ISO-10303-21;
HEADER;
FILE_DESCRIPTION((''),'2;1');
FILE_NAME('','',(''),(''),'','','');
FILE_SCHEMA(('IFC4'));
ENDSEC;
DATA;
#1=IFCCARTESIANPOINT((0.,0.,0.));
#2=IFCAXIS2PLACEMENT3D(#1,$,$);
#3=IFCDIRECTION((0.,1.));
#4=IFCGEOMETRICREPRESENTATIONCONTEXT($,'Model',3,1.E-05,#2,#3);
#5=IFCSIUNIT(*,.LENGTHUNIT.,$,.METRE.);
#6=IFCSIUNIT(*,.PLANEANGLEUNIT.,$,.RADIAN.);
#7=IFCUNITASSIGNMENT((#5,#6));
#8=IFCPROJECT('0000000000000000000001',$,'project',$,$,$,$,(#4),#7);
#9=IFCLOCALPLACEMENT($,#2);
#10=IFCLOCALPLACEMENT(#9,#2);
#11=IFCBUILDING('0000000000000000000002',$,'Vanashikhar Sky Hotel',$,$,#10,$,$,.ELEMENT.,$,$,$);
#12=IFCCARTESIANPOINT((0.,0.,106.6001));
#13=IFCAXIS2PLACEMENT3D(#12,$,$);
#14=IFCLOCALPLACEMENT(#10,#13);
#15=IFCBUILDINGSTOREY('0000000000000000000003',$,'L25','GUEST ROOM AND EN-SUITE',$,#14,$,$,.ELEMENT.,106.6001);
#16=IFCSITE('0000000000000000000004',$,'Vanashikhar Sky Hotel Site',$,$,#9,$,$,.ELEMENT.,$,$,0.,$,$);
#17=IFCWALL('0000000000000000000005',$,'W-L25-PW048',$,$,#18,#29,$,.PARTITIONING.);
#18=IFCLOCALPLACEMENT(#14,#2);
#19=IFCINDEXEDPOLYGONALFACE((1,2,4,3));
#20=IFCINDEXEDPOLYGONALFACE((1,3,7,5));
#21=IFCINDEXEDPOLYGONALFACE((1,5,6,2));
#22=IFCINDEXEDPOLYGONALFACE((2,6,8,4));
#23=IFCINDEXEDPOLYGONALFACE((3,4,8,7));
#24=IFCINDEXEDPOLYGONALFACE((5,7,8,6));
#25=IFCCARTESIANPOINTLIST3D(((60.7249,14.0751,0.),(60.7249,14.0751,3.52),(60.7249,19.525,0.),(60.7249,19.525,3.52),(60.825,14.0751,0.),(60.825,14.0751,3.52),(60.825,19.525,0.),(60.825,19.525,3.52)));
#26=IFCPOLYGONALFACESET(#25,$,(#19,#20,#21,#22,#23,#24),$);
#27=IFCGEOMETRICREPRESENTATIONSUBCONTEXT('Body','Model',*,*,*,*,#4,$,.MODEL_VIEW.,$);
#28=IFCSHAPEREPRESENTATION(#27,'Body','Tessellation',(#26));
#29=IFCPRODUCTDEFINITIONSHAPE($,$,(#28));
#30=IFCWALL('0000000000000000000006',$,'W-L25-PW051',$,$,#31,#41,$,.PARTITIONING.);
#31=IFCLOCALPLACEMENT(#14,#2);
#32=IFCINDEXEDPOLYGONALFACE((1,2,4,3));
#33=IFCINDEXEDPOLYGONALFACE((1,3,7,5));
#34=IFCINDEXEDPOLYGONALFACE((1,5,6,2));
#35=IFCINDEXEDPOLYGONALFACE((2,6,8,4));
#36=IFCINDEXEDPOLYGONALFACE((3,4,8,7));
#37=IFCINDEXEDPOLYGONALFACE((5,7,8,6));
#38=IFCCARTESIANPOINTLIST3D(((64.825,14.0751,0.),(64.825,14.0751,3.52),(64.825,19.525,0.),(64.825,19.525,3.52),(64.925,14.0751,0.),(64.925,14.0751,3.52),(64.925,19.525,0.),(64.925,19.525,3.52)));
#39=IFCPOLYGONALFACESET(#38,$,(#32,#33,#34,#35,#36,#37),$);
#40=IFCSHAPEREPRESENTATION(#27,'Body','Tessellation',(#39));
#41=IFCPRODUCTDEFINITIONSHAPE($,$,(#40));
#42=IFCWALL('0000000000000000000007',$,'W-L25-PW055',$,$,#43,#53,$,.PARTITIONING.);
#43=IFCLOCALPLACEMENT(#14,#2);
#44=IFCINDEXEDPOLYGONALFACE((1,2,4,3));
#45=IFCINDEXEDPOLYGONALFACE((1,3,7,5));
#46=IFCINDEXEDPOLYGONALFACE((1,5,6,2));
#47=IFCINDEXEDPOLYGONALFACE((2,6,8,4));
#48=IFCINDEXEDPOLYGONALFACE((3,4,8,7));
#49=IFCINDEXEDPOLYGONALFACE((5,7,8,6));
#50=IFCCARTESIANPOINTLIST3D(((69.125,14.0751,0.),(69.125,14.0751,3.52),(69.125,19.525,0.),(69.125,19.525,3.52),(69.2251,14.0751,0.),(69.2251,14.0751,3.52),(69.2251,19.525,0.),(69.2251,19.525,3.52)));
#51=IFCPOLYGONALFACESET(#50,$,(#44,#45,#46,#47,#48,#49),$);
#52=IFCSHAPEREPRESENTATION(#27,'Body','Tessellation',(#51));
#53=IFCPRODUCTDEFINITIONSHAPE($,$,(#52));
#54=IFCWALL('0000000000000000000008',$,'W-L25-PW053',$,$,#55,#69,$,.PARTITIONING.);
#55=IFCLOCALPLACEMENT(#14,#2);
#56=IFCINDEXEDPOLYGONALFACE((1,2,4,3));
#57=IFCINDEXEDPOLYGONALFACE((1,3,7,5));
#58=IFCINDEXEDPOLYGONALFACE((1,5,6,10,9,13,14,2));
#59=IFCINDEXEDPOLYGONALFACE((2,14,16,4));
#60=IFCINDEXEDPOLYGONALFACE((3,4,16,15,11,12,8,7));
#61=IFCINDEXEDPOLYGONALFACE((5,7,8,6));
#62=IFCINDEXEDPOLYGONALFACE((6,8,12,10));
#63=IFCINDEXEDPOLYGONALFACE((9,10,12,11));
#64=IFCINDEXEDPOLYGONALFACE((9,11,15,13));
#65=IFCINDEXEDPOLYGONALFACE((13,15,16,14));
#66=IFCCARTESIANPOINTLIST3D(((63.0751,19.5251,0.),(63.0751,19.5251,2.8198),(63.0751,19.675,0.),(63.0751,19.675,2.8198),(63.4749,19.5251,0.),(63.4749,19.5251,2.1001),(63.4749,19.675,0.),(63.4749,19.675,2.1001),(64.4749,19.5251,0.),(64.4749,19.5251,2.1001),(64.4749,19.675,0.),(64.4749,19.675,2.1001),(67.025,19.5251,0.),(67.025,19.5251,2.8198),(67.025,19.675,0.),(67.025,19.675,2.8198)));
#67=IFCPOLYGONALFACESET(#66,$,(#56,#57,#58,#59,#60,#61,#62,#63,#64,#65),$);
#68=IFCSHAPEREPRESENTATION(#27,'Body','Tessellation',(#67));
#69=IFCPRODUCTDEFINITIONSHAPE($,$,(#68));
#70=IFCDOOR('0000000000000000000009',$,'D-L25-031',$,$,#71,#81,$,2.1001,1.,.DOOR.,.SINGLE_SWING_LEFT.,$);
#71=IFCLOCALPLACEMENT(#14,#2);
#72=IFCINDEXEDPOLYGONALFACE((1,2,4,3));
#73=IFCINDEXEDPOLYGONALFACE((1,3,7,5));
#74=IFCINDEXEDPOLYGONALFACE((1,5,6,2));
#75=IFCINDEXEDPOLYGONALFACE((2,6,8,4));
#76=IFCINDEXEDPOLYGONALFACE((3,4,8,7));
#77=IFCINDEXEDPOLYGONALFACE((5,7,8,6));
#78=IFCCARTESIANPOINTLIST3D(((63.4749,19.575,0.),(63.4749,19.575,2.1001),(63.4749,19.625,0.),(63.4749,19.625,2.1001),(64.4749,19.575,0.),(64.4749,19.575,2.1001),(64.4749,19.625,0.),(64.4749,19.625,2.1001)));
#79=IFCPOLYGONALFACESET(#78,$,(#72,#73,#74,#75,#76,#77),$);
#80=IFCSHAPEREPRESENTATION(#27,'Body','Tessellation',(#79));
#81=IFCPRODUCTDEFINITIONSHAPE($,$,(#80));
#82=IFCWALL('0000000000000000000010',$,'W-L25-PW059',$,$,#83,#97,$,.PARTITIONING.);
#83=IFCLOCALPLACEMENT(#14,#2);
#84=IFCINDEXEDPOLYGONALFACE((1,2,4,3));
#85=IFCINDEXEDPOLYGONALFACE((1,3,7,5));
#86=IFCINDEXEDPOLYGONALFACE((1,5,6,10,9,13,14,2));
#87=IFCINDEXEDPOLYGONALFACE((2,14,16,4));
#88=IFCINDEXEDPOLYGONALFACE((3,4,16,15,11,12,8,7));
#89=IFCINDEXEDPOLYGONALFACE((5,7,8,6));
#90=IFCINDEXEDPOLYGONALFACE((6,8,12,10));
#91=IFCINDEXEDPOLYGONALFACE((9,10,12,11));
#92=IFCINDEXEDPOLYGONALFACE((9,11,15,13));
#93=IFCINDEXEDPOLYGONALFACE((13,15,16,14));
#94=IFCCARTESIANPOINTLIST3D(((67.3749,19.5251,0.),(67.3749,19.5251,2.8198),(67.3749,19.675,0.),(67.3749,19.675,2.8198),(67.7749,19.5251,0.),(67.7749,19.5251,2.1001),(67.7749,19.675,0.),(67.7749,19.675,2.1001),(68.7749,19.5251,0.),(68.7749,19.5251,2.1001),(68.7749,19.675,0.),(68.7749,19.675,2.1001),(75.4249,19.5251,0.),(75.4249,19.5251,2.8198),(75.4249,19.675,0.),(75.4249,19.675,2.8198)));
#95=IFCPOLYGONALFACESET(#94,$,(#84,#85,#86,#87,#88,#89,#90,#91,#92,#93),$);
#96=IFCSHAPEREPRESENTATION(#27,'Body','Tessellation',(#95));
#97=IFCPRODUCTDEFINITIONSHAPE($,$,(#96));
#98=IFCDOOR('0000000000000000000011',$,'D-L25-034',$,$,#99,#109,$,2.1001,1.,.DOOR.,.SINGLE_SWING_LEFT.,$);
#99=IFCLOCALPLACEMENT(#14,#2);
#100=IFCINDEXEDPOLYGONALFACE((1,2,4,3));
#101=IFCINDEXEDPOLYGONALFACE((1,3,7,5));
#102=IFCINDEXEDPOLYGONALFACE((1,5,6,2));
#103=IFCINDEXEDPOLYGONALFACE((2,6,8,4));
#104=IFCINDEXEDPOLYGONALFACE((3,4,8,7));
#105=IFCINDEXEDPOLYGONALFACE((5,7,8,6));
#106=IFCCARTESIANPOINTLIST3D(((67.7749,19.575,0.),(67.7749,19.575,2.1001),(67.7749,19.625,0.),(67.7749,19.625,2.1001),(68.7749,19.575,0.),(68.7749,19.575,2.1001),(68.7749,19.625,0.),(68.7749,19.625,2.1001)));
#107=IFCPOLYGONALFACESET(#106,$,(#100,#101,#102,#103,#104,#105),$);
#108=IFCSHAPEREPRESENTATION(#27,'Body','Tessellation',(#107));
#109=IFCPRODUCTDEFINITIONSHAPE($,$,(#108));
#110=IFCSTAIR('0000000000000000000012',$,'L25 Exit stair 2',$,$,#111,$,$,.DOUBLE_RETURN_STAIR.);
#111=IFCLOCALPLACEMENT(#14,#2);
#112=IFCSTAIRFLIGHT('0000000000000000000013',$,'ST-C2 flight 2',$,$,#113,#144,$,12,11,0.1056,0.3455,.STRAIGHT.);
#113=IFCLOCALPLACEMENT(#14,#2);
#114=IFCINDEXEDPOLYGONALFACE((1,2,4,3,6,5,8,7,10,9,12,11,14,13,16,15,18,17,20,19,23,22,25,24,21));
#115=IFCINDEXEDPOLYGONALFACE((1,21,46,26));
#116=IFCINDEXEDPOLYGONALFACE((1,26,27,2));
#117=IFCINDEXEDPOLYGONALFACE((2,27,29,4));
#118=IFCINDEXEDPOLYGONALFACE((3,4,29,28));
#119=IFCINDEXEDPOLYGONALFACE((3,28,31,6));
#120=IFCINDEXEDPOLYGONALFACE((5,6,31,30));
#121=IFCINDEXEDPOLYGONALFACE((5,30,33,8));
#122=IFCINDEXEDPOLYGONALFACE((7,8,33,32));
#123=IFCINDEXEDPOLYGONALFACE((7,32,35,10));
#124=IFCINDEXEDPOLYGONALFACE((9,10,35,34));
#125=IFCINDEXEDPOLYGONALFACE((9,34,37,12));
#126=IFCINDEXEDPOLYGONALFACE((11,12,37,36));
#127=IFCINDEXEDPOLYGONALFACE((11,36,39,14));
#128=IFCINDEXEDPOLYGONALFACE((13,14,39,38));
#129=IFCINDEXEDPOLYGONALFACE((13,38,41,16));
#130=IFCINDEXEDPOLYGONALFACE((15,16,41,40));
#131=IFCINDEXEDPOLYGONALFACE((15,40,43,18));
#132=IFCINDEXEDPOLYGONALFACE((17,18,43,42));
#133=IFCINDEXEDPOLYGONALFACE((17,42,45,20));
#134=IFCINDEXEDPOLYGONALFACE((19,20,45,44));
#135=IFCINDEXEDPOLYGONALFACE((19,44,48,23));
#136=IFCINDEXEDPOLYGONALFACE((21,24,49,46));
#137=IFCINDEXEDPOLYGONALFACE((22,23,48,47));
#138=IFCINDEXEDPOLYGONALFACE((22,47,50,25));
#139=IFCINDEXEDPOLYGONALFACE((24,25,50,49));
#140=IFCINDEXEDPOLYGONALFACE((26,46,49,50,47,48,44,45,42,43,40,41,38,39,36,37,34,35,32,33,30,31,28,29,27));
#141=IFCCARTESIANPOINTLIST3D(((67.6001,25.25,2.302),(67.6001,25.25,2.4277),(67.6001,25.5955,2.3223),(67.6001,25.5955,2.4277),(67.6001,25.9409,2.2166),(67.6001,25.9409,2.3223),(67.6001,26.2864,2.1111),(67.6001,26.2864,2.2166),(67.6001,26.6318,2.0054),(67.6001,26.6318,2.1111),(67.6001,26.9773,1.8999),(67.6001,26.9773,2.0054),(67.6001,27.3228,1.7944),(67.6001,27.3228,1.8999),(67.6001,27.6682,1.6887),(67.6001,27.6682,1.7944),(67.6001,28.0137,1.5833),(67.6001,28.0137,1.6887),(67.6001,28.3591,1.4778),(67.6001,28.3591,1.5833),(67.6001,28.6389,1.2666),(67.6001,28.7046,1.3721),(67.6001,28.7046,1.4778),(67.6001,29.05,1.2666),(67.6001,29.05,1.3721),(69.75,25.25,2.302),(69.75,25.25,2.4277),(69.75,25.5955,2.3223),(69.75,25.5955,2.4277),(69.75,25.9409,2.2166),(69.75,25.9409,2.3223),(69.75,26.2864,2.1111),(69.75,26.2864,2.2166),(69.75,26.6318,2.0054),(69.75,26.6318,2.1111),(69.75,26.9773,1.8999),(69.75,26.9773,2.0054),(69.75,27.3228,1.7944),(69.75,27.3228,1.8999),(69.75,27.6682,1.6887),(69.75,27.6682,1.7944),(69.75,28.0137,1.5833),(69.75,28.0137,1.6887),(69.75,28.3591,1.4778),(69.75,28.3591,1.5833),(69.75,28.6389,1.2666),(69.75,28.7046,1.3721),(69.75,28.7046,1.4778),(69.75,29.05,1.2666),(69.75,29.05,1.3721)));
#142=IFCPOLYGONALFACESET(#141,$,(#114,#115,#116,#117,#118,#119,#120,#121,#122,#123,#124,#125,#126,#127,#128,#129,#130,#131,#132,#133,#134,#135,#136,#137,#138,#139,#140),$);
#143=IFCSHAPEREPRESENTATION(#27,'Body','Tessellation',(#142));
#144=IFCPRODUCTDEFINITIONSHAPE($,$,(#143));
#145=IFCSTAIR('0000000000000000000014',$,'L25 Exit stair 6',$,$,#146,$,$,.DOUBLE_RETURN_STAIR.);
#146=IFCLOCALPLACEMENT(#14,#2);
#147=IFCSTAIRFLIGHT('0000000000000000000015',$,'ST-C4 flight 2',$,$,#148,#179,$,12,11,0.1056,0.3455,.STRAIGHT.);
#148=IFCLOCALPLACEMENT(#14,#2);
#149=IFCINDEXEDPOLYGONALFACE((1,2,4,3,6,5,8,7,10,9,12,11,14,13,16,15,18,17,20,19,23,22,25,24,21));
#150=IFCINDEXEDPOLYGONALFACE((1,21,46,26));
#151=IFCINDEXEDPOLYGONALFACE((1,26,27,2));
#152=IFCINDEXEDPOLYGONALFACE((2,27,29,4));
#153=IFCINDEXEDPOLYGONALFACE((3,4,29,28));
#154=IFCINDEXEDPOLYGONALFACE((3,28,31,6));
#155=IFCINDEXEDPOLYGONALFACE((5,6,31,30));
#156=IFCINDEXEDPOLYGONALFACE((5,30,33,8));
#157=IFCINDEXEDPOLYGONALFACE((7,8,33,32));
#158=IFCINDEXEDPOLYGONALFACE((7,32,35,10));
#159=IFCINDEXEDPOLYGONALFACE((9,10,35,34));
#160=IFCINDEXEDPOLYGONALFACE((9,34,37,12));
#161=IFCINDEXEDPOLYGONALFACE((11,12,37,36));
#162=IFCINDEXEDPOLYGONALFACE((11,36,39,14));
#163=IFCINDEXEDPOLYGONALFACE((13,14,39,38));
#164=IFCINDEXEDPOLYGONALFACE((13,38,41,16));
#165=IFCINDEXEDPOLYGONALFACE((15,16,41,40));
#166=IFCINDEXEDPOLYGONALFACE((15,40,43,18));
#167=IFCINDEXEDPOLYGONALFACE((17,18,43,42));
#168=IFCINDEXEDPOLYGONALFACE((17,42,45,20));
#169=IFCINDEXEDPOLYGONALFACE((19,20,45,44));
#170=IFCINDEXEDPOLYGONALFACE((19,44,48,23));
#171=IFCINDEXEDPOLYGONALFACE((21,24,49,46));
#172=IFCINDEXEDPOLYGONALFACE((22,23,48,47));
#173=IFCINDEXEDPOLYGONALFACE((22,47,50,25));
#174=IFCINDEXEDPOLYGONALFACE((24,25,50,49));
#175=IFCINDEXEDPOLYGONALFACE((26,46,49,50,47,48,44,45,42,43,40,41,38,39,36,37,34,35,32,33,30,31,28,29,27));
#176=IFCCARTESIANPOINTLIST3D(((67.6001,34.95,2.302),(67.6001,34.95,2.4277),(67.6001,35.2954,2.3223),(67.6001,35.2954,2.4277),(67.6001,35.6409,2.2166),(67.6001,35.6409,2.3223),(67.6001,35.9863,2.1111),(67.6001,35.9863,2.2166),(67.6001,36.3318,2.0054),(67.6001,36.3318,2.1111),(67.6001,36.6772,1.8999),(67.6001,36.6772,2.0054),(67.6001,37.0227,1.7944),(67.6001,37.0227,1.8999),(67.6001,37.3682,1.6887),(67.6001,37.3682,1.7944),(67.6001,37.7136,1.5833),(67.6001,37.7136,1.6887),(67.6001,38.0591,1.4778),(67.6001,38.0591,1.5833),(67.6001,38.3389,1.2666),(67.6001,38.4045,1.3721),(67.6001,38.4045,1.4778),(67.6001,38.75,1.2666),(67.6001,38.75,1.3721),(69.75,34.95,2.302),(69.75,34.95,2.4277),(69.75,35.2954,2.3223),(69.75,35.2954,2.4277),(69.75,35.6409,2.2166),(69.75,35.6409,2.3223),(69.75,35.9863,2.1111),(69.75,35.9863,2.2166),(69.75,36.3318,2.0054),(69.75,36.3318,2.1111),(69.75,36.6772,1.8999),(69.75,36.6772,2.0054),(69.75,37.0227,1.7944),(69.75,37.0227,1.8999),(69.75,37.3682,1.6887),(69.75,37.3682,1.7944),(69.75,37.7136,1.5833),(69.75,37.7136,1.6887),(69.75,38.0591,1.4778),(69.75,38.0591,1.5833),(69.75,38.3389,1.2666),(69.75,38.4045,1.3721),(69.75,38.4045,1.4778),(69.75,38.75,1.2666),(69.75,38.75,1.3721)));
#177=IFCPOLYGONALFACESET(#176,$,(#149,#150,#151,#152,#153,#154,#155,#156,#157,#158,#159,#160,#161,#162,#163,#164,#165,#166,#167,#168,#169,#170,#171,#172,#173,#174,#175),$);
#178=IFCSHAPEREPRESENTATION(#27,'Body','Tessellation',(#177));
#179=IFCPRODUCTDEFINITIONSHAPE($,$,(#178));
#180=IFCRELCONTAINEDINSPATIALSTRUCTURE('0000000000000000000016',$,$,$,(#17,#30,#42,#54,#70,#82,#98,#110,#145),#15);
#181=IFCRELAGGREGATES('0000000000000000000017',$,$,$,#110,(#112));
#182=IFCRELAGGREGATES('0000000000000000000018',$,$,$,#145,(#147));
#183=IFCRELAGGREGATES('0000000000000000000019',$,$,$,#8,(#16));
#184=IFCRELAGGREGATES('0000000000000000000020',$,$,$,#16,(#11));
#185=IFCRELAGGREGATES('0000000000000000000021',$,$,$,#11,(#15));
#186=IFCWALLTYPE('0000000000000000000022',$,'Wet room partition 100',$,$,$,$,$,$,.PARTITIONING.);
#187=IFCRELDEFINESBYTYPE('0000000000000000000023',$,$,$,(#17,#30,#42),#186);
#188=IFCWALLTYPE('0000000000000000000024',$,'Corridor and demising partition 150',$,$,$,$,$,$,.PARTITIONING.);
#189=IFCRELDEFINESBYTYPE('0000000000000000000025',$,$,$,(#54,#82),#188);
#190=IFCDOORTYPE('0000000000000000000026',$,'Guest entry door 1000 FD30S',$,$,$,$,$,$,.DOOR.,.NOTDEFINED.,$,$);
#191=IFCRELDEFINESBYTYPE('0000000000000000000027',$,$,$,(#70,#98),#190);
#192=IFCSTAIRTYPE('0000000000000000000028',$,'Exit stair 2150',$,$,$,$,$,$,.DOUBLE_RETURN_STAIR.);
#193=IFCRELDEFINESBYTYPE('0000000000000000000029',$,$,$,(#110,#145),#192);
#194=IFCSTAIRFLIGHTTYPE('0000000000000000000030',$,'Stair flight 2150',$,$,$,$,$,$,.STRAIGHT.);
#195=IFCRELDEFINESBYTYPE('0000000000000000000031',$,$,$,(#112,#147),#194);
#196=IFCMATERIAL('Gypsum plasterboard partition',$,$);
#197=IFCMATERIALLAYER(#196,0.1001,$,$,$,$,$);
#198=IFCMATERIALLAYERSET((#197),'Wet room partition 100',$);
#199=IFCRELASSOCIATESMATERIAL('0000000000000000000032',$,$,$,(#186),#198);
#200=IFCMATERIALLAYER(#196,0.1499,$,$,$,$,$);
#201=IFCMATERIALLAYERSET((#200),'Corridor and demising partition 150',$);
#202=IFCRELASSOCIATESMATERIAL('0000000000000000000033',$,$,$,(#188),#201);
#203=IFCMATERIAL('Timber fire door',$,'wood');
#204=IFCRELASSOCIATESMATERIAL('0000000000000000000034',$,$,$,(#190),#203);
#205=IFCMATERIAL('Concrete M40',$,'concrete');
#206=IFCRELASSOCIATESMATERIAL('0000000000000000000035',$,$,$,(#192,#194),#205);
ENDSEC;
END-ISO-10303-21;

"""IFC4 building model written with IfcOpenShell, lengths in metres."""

from ifc_helpers import new_model, si_unit, direction, frame, frame_2d, origin, place, context, subcontext, project, spatial, polyline, rectangle, outline, extrude, source, transform, mapped, material, layer, layer_set, type_object, element, fill, aggregate, save


model = new_model("IFC4")

# Units and contexts
model_context = context("Model", 3, precision=1e-05, world=origin(), true_north=direction((0.0, 1.0)))
body_context = subcontext(model_context, "Body", "Model", "MODEL_VIEW")
ifc_project = project(units=[si_unit("LENGTHUNIT", "METRE"), si_unit("PLANEANGLEUNIT", "RADIAN")], contexts=[model_context])

# Site, building, storey
site_placement = place(None, origin())
site = spatial("IfcSite", under=ifc_project, at=site_placement, Name="Vanashikhar Sky Hotel Site", CompositionType="ELEMENT", RefElevation=0.0)
building_placement = place(site_placement, origin())
building = spatial("IfcBuilding", under=site, at=building_placement, Name="Vanashikhar Sky Hotel", CompositionType="ELEMENT")
storey_placement = place(building_placement, frame((0.0, 0.0, 106.6001)))
storey = spatial("IfcBuildingStorey", under=building, at=storey_placement, Name="L25", Description="GUEST ROOM AND EN-SUITE", CompositionType="ELEMENT", Elevation=106.6001)

# Shared definitions
ifc_material_1 = material(Name="Concrete M40", Category="concrete")

# Walls
ifc_material_2 = material(Name="Gypsum plasterboard partition")
ifc_layer_1 = layer(ifc_material_2, 0.1001)
ifc_layer_set_1 = layer_set([ifc_layer_1], Name="Wet room partition 100")
wall_type_1 = type_object("IfcWallType", Name="Wet room partition 100", PredefinedType="PARTITIONING", material=ifc_layer_set_1)
shared_shape_1 = source(origin(), body_context, "Body", "SweptSolid", [
    extrude(rectangle(XDim=5.45, YDim=0.1001, at=frame_2d((2.7251, 0.0))), origin(), (0.0, 0.0, 1.0), 3.52),
])
for number, where, z_axis, x_axis, name in (
    (1, (60.7749, 14.075, 0.0), (0.0, 0.0, 1.0), (0.0, 1.0, 0.0), "W-L25-PW048"),
    (2, (64.875, 14.075, 0.0), (0.0, 0.0, 1.0), (0.0, 1.0, 0.0), "W-L25-PW051"),
    (3, (69.175, 14.075, 0.0), (0.0, 0.0, 1.0), (0.0, 1.0, 0.0), "W-L25-PW055"),
):
    element("IfcWall", number, at=place(storey_placement, frame(where, z_axis=z_axis, x_axis=x_axis)), inside=storey, type_object=wall_type_1, Name=name, PredefinedType="PARTITIONING", context=body_context, shape_type="MappedRepresentation", body=[
        mapped(shared_shape_1, transform((0.0, 0.0, 0.0), scale=1.0)),
    ])

# Walls, openings, doors
ifc_layer_2 = layer(ifc_material_2, 0.1499)
ifc_layer_set_2 = layer_set([ifc_layer_2], Name="Corridor and demising partition 150")
wall_type_2 = type_object("IfcWallType", Name="Corridor and demising partition 150", PredefinedType="PARTITIONING", material=ifc_layer_set_2)
shared_shape_2 = source(origin(), body_context, "Body", "SweptSolid", [
    extrude(rectangle(XDim=3.95, YDim=0.1499, at=frame_2d((1.9751, 0.0))), origin(), (0.0, 0.0, 1.0), 2.8198),
])
wall_1_placement = place(storey_placement, frame((63.075, 19.6001, 0.0), z_axis=(0.0, 0.0, 1.0), x_axis=(1.0, 0.0, 0.0)))
wall_1 = element("IfcWall", 4, at=wall_1_placement, inside=storey, type_object=wall_type_2, Name="W-L25-PW053", PredefinedType="PARTITIONING", context=body_context, shape_type="MappedRepresentation", body=[
    mapped(shared_shape_2, transform((0.0, 0.0, 0.0), scale=1.0)),
])
shared_shape_3 = source(origin(), body_context, "Body", "SweptSolid", [
    extrude(rectangle(XDim=1.0, YDim=2.1001, at=frame_2d((0.5, 1.05))), frame((0.0, 0.085, 0.0), z_axis=(0.0, -1.0, 0.0), x_axis=(1.0, 0.0, 0.0)), (0.0, 0.0, 1.0), 0.1699),
])
opening_1_placement = place(wall_1_placement, frame((0.3999, 0.0, 0.0)))
opening_1 = element("IfcOpeningElement", 5, at=opening_1_placement, cuts=wall_1, PredefinedType="OPENING", context=body_context, shape_type="MappedRepresentation", body=[
    mapped(shared_shape_3, transform((0.0, 0.0, 0.0), scale=1.0)),
])
ifc_material_3 = material(Name="Timber fire door", Category="wood")
door_type_1 = type_object("IfcDoorType", Name="Guest entry door 1000 FD30S", OperationType="NOTDEFINED", PredefinedType="DOOR", material=ifc_material_3)
shared_shape_4 = source(origin(), body_context, "Body", "SweptSolid", [
    extrude(rectangle(XDim=1.0, YDim=2.1001, at=frame_2d((0.5, 1.05))), frame((0.0, 0.0249, 0.0), z_axis=(0.0, -1.0, 0.0), x_axis=(1.0, 0.0, 0.0)), (0.0, 0.0, 1.0), 0.05),
])
door_1_placement = place(opening_1_placement, origin())
door_1 = element("IfcDoor", 6, at=door_1_placement, inside=storey, type_object=door_type_1, Name="D-L25-031", OperationType="SINGLE_SWING_LEFT", OverallHeight=2.1001, OverallWidth=1.0, PredefinedType="DOOR", context=body_context, shape_type="MappedRepresentation", body=[
    mapped(shared_shape_4, transform((0.0, 0.0, 0.0), scale=1.0)),
])
fill(opening_1, door_1)
shared_shape_5 = source(origin(), body_context, "Body", "SweptSolid", [
    extrude(rectangle(XDim=8.05, YDim=0.1499, at=frame_2d((4.0249, 0.0))), origin(), (0.0, 0.0, 1.0), 2.8198),
])
wall_2_placement = place(storey_placement, frame((67.375, 19.6001, 0.0), z_axis=(0.0, 0.0, 1.0), x_axis=(1.0, 0.0, 0.0)))
wall_2 = element("IfcWall", 7, at=wall_2_placement, inside=storey, type_object=wall_type_2, Name="W-L25-PW059", PredefinedType="PARTITIONING", context=body_context, shape_type="MappedRepresentation", body=[
    mapped(shared_shape_5, transform((0.0, 0.0, 0.0), scale=1.0)),
])
opening_2_placement = place(wall_2_placement, frame((0.3999, 0.0, 0.0)))
opening_2 = element("IfcOpeningElement", 8, at=opening_2_placement, cuts=wall_2, PredefinedType="OPENING", context=body_context, shape_type="MappedRepresentation", body=[
    mapped(shared_shape_3, transform((0.0, 0.0, 0.0), scale=1.0)),
])
door_2_placement = place(opening_2_placement, origin())
door_2 = element("IfcDoor", 9, at=door_2_placement, inside=storey, type_object=door_type_1, Name="D-L25-034", OperationType="SINGLE_SWING_LEFT", OverallHeight=2.1001, OverallWidth=1.0, PredefinedType="DOOR", context=body_context, shape_type="MappedRepresentation", body=[
    mapped(shared_shape_4, transform((0.0, 0.0, 0.0), scale=1.0)),
])
fill(opening_2, door_2)

# Stairs, stair flights
stair_type = type_object("IfcStairType", Name="Exit stair 2150", PredefinedType="DOUBLE_RETURN_STAIR", material=ifc_material_1)
stair_1_placement = place(storey_placement, origin())
stair_1 = element("IfcStair", 10, at=stair_1_placement, inside=storey, type_object=stair_type, Name="L25 Exit stair 2", PredefinedType="DOUBLE_RETURN_STAIR")
stair_flight_type = type_object("IfcStairFlightType", Name="Stair flight 2150", PredefinedType="STRAIGHT", material=ifc_material_1)
shared_shape_6 = source(origin(), body_context, "Body", "SweptSolid", [
    extrude(outline(polyline([(0.0, 0.0), (0.0, 0.1055), (0.3455, 0.1055), (0.3455, 0.2112), (0.6909, 0.2112), (0.6909, 0.3167), (1.0364, 0.3167), (1.0364, 0.4221), (1.3818, 0.4221), (1.3818, 0.5278), (1.7273, 0.5278), (1.7273, 0.6333), (2.0728, 0.6333), (2.0728, 0.7388), (2.4182, 0.7388), (2.4182, 0.8445), (2.7637, 0.8445), (2.7637, 0.95), (3.1091, 0.95), (3.1091, 1.0557), (3.4546, 1.0557), (3.4546, 1.1611), (3.8, 1.1611), (3.8, 1.2666), (3.8, 1.0354), (0.4111, 0.0), (0.0, 0.0)])), frame((0.0, 1.075, 0.0), z_axis=(0.0, -1.0, 0.0), x_axis=(1.0, 0.0, 0.0)), (0.0, 0.0, 1.0), 2.1499),
])
stair_flight_1_placement = place(storey_placement, frame((68.675, 29.05, 1.2666), z_axis=(0.0, 0.0, 1.0), x_axis=(0.0, -1.0, 0.0)))
stair_flight_1 = element("IfcStairFlight", 11, at=stair_flight_1_placement, type_object=stair_flight_type, Name="ST-C2 flight 2", NumberOfRisers=12, NumberOfTreads=11, PredefinedType="STRAIGHT", RiserHeight=0.1056, TreadLength=0.3455, context=body_context, shape_type="MappedRepresentation", body=[
    mapped(shared_shape_6, transform((0.0, 0.0, 0.0), scale=1.0)),
])
aggregate(stair_1, [stair_flight_1])
stair_2_placement = place(storey_placement, origin())
stair_2 = element("IfcStair", 12, at=stair_2_placement, inside=storey, type_object=stair_type, Name="L25 Exit stair 6", PredefinedType="DOUBLE_RETURN_STAIR")
stair_flight_2_placement = place(storey_placement, frame((68.675, 38.75, 1.2666), z_axis=(0.0, 0.0, 1.0), x_axis=(0.0, -1.0, 0.0)))
stair_flight_2 = element("IfcStairFlight", 13, at=stair_flight_2_placement, type_object=stair_flight_type, Name="ST-C4 flight 2", NumberOfRisers=12, NumberOfTreads=11, PredefinedType="STRAIGHT", RiserHeight=0.1056, TreadLength=0.3455, context=body_context, shape_type="MappedRepresentation", body=[
    mapped(shared_shape_6, transform((0.0, 0.0, 0.0), scale=1.0)),
])
aggregate(stair_2, [stair_flight_2])

save(model, "model.ifc")
